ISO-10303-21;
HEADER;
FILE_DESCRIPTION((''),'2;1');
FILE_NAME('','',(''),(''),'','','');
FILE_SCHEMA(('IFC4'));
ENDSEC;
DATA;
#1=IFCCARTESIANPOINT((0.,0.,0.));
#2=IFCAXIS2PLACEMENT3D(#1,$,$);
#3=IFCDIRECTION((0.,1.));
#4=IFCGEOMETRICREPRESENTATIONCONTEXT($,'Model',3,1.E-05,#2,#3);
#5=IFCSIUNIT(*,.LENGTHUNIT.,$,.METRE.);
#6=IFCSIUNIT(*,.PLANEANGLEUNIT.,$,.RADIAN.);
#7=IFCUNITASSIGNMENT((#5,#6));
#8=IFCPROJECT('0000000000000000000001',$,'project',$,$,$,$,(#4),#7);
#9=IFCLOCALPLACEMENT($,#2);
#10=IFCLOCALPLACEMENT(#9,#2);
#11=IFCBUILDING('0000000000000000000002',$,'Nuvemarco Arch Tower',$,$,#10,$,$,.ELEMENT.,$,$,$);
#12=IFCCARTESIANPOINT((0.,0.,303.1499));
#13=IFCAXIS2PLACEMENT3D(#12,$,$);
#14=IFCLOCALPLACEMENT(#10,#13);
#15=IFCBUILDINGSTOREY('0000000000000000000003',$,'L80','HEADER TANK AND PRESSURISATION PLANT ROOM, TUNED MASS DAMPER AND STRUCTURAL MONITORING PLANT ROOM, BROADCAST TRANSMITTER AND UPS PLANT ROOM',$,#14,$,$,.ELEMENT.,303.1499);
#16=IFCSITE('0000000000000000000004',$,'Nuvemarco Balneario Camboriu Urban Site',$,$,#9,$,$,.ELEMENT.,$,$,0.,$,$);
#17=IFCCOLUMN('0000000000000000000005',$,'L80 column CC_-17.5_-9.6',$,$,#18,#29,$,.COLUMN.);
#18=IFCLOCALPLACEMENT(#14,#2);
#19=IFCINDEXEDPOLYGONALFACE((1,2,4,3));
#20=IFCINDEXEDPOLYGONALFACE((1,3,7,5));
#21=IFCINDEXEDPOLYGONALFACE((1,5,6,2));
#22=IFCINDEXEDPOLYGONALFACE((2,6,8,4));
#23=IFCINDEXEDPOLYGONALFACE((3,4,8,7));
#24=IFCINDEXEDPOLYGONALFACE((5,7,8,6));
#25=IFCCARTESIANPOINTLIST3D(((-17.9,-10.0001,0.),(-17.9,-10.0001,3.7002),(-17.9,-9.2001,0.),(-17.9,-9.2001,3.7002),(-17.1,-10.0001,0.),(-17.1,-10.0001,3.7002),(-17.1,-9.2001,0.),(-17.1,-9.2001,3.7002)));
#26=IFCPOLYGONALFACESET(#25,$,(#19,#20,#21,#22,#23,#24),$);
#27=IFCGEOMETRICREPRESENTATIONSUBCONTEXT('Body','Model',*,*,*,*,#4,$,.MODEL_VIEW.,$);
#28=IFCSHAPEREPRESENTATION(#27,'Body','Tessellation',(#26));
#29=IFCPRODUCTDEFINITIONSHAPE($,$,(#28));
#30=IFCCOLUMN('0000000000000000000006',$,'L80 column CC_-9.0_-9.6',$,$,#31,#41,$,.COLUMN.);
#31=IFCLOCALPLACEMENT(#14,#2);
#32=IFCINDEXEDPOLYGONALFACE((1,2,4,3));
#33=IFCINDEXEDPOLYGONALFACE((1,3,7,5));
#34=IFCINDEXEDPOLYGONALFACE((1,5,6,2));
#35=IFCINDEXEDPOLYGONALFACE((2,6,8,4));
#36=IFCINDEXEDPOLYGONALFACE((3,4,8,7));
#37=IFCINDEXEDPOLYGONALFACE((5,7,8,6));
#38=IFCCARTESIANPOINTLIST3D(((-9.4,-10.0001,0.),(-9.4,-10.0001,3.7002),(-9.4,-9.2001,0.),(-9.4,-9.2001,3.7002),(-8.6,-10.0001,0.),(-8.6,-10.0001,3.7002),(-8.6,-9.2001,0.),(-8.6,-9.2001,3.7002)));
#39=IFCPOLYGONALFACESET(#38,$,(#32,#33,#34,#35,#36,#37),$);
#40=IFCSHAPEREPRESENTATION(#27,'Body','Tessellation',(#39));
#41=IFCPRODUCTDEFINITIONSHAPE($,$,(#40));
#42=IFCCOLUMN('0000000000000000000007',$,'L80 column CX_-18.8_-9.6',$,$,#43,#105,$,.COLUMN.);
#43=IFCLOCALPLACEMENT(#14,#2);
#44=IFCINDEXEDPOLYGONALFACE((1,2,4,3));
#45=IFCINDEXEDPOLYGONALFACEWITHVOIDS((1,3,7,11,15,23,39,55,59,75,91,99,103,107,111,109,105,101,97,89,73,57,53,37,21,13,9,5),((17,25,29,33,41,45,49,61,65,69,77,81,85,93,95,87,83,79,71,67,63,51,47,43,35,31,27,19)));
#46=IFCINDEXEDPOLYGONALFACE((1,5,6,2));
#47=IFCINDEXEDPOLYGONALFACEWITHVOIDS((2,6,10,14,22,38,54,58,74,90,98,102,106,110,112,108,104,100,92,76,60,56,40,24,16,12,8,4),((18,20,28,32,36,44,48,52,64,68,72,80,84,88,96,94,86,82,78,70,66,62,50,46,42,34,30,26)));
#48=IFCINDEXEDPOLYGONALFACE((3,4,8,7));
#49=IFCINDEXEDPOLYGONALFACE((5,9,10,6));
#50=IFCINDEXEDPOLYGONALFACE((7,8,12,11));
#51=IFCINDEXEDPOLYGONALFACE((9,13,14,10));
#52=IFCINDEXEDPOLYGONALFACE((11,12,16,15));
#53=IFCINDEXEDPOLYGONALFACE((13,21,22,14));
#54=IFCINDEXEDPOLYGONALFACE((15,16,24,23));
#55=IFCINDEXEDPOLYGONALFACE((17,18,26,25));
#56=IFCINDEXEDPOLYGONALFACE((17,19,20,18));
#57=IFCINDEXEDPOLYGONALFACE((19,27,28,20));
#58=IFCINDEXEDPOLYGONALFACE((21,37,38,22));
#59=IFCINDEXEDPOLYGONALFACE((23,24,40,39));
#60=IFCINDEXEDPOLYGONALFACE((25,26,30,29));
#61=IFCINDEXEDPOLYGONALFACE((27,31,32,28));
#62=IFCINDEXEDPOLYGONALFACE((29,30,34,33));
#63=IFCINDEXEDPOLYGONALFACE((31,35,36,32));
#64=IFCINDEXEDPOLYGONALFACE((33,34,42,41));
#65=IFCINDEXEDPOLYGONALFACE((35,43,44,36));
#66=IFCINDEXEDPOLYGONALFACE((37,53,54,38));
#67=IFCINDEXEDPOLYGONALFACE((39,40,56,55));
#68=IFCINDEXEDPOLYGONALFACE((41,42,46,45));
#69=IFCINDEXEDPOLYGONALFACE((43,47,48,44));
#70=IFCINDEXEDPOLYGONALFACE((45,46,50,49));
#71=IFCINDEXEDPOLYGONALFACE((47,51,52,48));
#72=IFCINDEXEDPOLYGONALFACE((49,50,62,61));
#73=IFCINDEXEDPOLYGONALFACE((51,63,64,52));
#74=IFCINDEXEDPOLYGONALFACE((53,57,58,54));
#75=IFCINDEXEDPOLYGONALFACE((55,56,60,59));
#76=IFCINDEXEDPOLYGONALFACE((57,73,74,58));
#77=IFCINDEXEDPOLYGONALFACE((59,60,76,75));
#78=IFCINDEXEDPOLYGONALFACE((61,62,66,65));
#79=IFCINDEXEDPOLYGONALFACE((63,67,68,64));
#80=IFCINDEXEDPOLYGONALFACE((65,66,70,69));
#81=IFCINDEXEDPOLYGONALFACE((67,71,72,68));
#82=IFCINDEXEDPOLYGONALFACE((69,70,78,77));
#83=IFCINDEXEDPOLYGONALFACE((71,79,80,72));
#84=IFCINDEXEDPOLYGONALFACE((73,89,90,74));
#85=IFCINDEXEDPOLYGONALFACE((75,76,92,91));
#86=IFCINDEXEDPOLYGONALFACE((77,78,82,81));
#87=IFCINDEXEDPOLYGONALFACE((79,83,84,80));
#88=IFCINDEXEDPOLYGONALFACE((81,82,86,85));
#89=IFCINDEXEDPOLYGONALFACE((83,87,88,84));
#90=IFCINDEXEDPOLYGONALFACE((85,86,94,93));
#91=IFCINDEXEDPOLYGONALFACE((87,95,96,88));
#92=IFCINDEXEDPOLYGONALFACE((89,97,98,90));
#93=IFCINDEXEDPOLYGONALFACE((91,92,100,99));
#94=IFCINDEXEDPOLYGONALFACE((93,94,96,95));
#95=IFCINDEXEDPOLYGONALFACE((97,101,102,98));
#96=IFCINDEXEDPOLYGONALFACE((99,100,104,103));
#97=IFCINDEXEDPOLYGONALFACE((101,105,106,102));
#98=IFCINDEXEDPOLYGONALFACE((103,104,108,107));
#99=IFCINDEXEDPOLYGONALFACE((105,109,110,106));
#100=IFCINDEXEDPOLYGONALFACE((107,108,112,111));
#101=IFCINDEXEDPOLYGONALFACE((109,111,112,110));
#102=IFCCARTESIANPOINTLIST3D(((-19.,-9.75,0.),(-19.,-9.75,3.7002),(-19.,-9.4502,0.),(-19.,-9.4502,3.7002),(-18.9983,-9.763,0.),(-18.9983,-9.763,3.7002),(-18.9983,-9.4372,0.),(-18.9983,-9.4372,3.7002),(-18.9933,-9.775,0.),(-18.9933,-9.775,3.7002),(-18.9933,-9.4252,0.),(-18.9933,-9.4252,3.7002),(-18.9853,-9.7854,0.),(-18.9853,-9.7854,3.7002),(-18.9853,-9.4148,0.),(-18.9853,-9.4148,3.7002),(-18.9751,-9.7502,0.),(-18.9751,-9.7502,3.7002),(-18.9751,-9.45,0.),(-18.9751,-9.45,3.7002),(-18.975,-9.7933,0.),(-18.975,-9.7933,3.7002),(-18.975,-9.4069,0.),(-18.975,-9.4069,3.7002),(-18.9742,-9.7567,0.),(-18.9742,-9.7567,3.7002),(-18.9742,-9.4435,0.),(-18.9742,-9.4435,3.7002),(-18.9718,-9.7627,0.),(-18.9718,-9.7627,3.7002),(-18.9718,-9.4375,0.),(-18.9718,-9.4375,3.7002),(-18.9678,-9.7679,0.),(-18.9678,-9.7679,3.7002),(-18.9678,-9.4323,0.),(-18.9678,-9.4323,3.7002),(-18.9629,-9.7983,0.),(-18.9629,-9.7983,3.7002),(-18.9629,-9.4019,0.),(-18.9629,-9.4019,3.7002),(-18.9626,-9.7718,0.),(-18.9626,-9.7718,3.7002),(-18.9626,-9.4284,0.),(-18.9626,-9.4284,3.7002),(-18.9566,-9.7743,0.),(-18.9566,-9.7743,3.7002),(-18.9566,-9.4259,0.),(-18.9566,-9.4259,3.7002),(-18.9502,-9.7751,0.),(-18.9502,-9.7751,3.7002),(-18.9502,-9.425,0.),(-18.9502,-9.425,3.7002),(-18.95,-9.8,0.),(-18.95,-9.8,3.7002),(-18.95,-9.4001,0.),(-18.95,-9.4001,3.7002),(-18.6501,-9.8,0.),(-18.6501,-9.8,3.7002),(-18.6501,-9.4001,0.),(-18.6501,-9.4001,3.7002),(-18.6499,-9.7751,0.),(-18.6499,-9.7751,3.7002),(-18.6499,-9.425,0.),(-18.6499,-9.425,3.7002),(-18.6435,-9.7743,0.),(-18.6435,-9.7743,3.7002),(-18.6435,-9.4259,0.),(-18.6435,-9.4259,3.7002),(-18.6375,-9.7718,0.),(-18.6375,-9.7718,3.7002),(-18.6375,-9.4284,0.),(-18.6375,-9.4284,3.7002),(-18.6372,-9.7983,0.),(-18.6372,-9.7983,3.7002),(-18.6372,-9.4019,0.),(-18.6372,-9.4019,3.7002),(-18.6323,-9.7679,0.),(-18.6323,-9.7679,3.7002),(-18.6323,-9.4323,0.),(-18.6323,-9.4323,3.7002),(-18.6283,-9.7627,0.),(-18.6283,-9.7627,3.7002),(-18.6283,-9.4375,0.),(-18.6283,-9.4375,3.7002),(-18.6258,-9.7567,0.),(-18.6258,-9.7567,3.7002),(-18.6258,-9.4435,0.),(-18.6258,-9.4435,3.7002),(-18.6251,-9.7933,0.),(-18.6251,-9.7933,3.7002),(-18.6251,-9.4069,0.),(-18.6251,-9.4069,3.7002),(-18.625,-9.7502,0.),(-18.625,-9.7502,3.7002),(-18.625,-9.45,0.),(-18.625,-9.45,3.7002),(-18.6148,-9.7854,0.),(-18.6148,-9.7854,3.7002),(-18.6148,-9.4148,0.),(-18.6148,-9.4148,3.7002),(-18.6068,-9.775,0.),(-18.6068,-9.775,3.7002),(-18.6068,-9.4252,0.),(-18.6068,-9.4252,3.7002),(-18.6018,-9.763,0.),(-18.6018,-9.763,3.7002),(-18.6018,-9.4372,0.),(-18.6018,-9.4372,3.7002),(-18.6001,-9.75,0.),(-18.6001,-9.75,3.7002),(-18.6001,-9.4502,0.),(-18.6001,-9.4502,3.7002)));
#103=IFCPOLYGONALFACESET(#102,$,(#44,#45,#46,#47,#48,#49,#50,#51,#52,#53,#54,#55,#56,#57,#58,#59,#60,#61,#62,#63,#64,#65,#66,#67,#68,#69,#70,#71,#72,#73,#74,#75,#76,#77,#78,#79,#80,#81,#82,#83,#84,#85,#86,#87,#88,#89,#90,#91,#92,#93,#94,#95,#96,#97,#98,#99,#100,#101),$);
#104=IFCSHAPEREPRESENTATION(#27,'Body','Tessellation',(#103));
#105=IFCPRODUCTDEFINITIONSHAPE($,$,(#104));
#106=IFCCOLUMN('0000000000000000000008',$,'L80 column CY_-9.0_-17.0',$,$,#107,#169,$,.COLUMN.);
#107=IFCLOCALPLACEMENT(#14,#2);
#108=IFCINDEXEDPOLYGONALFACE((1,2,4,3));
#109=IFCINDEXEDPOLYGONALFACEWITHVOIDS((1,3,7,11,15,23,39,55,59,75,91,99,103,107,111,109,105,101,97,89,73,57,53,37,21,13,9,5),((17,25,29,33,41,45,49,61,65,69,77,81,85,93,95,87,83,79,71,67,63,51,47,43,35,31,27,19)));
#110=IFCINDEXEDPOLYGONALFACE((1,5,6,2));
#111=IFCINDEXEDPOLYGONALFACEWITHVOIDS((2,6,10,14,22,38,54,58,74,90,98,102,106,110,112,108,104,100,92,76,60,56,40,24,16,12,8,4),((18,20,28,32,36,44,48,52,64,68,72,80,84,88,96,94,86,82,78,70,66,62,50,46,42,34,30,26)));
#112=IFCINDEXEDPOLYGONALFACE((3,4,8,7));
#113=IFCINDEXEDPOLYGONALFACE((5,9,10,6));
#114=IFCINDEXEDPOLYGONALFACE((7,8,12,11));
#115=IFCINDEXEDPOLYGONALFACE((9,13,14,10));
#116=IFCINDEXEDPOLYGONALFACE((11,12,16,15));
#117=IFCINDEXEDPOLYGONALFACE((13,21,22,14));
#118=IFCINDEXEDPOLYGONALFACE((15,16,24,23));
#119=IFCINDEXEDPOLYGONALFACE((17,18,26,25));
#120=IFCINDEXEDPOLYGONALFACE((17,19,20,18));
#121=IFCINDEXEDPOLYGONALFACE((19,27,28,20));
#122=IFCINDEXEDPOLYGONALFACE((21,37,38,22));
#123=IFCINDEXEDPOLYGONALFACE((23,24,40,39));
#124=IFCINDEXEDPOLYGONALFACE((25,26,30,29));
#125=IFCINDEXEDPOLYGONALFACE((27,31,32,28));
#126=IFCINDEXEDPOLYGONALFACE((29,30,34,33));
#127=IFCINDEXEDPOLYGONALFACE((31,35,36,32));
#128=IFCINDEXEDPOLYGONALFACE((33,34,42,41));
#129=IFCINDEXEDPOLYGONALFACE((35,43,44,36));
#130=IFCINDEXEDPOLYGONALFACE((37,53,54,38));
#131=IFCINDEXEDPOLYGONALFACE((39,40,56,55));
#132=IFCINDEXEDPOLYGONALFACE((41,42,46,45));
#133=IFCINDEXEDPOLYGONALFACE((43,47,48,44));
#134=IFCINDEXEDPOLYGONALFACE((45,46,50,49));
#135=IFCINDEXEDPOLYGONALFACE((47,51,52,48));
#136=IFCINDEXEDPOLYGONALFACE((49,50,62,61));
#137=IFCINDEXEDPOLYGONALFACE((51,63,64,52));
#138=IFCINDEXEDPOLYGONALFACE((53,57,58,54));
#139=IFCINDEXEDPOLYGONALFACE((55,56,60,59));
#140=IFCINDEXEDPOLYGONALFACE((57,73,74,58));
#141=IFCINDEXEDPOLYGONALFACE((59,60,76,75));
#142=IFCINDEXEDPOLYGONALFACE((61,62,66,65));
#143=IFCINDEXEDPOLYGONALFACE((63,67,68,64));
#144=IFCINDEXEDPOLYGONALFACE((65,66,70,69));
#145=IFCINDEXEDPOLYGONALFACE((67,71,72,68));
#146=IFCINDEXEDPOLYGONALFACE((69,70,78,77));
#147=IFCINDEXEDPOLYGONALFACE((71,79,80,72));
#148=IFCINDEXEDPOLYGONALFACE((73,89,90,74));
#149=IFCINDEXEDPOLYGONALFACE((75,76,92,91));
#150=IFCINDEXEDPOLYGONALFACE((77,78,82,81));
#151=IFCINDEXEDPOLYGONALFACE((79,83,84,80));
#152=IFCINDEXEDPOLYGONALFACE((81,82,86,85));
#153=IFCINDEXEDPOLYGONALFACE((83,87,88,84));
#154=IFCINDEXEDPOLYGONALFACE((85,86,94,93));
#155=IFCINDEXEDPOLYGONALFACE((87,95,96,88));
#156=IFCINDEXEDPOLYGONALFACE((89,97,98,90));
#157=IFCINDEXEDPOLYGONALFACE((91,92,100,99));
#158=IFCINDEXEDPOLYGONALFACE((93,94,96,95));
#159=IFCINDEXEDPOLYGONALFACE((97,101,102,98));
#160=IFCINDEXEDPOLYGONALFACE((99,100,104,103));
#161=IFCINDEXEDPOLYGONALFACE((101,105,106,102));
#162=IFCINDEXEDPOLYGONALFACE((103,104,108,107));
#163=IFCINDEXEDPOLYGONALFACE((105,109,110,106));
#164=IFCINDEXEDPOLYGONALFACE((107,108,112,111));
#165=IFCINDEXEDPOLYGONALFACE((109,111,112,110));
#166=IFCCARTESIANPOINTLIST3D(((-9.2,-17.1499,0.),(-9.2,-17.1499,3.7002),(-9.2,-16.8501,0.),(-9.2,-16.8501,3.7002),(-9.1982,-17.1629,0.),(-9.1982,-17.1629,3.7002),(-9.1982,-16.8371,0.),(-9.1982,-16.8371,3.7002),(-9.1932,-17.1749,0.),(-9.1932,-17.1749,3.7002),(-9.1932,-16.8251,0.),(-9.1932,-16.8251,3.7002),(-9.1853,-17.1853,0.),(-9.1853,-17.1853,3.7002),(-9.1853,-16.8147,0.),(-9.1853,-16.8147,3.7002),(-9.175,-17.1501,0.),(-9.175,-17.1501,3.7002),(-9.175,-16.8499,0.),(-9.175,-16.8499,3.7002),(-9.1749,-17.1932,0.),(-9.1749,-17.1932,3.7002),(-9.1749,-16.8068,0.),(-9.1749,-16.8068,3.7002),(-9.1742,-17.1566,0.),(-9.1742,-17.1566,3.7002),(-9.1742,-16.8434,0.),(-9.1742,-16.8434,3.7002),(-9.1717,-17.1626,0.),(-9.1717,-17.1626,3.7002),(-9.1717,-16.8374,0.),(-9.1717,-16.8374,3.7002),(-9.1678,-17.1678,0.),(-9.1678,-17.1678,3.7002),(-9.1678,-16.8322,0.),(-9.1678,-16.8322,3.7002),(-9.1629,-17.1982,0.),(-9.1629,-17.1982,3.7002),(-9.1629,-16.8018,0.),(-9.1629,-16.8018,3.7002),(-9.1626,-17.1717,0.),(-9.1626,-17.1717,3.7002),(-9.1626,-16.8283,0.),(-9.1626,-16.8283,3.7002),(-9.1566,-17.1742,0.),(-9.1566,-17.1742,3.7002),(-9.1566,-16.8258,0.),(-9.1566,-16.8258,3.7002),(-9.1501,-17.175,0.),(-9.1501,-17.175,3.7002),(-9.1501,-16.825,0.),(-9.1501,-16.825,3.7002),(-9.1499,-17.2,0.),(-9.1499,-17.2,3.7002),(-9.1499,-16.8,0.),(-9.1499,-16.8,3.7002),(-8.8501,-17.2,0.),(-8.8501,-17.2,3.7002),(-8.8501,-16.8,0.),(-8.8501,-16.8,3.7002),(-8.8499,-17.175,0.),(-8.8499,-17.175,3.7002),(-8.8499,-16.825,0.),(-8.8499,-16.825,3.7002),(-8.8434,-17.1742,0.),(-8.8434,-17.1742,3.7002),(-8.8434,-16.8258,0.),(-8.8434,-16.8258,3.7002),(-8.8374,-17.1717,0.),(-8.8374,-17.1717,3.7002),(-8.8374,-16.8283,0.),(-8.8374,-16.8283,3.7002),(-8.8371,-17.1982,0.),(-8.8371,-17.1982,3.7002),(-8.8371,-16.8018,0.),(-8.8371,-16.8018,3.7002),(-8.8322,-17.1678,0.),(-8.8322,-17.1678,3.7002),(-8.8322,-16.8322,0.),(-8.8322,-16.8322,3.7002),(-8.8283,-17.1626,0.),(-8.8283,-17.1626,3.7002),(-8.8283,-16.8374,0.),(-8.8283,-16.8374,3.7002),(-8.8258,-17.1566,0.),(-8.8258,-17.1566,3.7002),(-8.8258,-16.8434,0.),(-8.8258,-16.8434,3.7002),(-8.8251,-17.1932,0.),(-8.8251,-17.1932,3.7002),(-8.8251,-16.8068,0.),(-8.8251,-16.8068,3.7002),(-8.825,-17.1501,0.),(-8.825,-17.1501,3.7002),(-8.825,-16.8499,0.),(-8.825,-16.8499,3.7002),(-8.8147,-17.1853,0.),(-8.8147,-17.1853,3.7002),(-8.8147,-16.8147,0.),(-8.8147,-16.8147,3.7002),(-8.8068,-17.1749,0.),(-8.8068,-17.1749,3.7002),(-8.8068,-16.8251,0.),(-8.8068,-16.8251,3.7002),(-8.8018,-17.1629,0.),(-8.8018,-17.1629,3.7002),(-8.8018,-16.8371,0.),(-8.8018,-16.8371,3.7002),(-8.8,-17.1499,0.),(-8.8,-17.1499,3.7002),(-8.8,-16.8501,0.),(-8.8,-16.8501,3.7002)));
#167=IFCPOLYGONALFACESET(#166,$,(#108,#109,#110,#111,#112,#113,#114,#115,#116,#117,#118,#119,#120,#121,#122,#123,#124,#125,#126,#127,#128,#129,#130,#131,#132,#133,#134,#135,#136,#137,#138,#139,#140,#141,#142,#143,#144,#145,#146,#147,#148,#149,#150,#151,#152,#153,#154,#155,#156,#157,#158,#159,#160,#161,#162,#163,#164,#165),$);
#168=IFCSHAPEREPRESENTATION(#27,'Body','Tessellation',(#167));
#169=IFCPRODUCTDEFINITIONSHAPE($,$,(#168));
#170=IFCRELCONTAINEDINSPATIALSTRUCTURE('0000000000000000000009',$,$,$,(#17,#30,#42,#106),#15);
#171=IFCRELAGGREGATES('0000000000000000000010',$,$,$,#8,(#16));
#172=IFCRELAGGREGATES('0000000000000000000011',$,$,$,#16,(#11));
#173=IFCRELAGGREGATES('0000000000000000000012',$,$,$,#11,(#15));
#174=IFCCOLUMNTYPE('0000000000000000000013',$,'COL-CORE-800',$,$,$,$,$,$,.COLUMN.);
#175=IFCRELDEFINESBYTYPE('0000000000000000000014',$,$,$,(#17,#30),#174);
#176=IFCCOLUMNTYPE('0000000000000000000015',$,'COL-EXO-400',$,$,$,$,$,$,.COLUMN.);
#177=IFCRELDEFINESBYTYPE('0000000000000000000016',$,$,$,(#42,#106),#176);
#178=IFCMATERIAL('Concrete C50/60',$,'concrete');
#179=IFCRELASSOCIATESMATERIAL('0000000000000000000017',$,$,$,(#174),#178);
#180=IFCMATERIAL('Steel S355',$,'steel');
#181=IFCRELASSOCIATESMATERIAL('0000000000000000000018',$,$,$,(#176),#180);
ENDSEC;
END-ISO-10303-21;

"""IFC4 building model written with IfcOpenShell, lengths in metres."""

from ifc_helpers import new_model, si_unit, direction, frame, origin, origin_2d, place, context, subcontext, project, spatial, rectangle, hollow_rectangle, extrude, material, material_profile, profile_set, type_object, element, save


model = new_model("IFC4")

# Units and contexts
model_context = context("Model", 3, precision=1e-05, world=origin(), true_north=direction((0.0, 1.0)))
body_context = subcontext(model_context, "Body", "Model", "MODEL_VIEW")
ifc_project = project(units=[si_unit("LENGTHUNIT", "METRE"), si_unit("PLANEANGLEUNIT", "RADIAN")], contexts=[model_context])

# Site, building, storey
site_placement = place(None, origin())
site = spatial("IfcSite", under=ifc_project, at=site_placement, Name="Nuvemarco Balneario Camboriu Urban Site", CompositionType="ELEMENT", RefElevation=0.0)
building_placement = place(site_placement, origin())
building = spatial("IfcBuilding", under=site, at=building_placement, Name="Nuvemarco Arch Tower", CompositionType="ELEMENT")
storey_placement = place(building_placement, frame((0.0, 0.0, 303.1499)))
storey = spatial("IfcBuildingStorey", under=building, at=storey_placement, Name="L80", Description="HEADER TANK AND PRESSURISATION PLANT ROOM, TUNED MASS DAMPER AND STRUCTURAL MONITORING PLANT ROOM, BROADCAST TRANSMITTER AND UPS PLANT ROOM", CompositionType="ELEMENT", Elevation=303.1499)

# Columns
ifc_material_1 = material(Name="Concrete C50/60", Category="concrete")
ifc_material_profile_1 = material_profile(ifc_material_1, rectangle(XDim=0.8, YDim=0.8, at=origin_2d()), Name="RC-COL-800x800")
ifc_profile_set_1 = profile_set([ifc_material_profile_1], Name="Concrete C50/60")
column_type_1 = type_object("IfcColumnType", Name="COL-CORE-800", PredefinedType="COLUMN", material=ifc_profile_set_1)
for number, where, z_axis, x_axis, name in (
    (1, (-17.5, -9.6001, 0.0), (0.0, 0.0, 1.0), (1.0, 0.0, 0.0), "L80 column CC_-17.5_-9.6"),
    (2, (-9.0, -9.6001, 0.0), (0.0, 0.0, 1.0), (1.0, 0.0, 0.0), "L80 column CC_-9.0_-9.6"),
):
    element("IfcColumn", number, at=place(storey_placement, frame(where, z_axis=z_axis, x_axis=x_axis)), inside=storey, type_object=column_type_1, Name=name, PredefinedType="COLUMN", context=body_context, shape_type="SweptSolid", body=[
        extrude(rectangle(XDim=0.8, YDim=0.8, at=origin_2d()), origin(), (0.0, 0.0, 1.0), 3.7002),
    ])
ifc_material_2 = material(Name="Steel S355", Category="steel")
ifc_material_profile_2 = material_profile(ifc_material_2, hollow_rectangle(XDim=0.3999, YDim=0.3999, WallThickness=0.0249, InnerFilletRadius=0.0249, OuterFilletRadius=0.05, at=origin_2d()), Name="SHS400x400x25")
ifc_profile_set_2 = profile_set([ifc_material_profile_2], Name="Steel S355")
column_type_2 = type_object("IfcColumnType", Name="COL-EXO-400", PredefinedType="COLUMN", material=ifc_profile_set_2)
for number, where, z_axis, x_axis, name in (
    (3, (-18.8, -9.6001, 0.0), (0.0, 0.0, 1.0), (1.0, 0.0, 0.0), "L80 column CX_-18.8_-9.6"),
    (4, (-9.0, -17.0, 0.0), (0.0, 0.0, 1.0), (1.0, 0.0, 0.0), "L80 column CY_-9.0_-17.0"),
):
    element("IfcColumn", number, at=place(storey_placement, frame(where, z_axis=z_axis, x_axis=x_axis)), inside=storey, type_object=column_type_2, Name=name, PredefinedType="COLUMN", context=body_context, shape_type="SweptSolid", body=[
        extrude(hollow_rectangle(XDim=0.3999, YDim=0.3999, WallThickness=0.0249, InnerFilletRadius=0.0249, OuterFilletRadius=0.05, at=origin_2d()), origin(), (0.0, 0.0, 1.0), 3.7002),
    ])

save(model, "model.ifc")
